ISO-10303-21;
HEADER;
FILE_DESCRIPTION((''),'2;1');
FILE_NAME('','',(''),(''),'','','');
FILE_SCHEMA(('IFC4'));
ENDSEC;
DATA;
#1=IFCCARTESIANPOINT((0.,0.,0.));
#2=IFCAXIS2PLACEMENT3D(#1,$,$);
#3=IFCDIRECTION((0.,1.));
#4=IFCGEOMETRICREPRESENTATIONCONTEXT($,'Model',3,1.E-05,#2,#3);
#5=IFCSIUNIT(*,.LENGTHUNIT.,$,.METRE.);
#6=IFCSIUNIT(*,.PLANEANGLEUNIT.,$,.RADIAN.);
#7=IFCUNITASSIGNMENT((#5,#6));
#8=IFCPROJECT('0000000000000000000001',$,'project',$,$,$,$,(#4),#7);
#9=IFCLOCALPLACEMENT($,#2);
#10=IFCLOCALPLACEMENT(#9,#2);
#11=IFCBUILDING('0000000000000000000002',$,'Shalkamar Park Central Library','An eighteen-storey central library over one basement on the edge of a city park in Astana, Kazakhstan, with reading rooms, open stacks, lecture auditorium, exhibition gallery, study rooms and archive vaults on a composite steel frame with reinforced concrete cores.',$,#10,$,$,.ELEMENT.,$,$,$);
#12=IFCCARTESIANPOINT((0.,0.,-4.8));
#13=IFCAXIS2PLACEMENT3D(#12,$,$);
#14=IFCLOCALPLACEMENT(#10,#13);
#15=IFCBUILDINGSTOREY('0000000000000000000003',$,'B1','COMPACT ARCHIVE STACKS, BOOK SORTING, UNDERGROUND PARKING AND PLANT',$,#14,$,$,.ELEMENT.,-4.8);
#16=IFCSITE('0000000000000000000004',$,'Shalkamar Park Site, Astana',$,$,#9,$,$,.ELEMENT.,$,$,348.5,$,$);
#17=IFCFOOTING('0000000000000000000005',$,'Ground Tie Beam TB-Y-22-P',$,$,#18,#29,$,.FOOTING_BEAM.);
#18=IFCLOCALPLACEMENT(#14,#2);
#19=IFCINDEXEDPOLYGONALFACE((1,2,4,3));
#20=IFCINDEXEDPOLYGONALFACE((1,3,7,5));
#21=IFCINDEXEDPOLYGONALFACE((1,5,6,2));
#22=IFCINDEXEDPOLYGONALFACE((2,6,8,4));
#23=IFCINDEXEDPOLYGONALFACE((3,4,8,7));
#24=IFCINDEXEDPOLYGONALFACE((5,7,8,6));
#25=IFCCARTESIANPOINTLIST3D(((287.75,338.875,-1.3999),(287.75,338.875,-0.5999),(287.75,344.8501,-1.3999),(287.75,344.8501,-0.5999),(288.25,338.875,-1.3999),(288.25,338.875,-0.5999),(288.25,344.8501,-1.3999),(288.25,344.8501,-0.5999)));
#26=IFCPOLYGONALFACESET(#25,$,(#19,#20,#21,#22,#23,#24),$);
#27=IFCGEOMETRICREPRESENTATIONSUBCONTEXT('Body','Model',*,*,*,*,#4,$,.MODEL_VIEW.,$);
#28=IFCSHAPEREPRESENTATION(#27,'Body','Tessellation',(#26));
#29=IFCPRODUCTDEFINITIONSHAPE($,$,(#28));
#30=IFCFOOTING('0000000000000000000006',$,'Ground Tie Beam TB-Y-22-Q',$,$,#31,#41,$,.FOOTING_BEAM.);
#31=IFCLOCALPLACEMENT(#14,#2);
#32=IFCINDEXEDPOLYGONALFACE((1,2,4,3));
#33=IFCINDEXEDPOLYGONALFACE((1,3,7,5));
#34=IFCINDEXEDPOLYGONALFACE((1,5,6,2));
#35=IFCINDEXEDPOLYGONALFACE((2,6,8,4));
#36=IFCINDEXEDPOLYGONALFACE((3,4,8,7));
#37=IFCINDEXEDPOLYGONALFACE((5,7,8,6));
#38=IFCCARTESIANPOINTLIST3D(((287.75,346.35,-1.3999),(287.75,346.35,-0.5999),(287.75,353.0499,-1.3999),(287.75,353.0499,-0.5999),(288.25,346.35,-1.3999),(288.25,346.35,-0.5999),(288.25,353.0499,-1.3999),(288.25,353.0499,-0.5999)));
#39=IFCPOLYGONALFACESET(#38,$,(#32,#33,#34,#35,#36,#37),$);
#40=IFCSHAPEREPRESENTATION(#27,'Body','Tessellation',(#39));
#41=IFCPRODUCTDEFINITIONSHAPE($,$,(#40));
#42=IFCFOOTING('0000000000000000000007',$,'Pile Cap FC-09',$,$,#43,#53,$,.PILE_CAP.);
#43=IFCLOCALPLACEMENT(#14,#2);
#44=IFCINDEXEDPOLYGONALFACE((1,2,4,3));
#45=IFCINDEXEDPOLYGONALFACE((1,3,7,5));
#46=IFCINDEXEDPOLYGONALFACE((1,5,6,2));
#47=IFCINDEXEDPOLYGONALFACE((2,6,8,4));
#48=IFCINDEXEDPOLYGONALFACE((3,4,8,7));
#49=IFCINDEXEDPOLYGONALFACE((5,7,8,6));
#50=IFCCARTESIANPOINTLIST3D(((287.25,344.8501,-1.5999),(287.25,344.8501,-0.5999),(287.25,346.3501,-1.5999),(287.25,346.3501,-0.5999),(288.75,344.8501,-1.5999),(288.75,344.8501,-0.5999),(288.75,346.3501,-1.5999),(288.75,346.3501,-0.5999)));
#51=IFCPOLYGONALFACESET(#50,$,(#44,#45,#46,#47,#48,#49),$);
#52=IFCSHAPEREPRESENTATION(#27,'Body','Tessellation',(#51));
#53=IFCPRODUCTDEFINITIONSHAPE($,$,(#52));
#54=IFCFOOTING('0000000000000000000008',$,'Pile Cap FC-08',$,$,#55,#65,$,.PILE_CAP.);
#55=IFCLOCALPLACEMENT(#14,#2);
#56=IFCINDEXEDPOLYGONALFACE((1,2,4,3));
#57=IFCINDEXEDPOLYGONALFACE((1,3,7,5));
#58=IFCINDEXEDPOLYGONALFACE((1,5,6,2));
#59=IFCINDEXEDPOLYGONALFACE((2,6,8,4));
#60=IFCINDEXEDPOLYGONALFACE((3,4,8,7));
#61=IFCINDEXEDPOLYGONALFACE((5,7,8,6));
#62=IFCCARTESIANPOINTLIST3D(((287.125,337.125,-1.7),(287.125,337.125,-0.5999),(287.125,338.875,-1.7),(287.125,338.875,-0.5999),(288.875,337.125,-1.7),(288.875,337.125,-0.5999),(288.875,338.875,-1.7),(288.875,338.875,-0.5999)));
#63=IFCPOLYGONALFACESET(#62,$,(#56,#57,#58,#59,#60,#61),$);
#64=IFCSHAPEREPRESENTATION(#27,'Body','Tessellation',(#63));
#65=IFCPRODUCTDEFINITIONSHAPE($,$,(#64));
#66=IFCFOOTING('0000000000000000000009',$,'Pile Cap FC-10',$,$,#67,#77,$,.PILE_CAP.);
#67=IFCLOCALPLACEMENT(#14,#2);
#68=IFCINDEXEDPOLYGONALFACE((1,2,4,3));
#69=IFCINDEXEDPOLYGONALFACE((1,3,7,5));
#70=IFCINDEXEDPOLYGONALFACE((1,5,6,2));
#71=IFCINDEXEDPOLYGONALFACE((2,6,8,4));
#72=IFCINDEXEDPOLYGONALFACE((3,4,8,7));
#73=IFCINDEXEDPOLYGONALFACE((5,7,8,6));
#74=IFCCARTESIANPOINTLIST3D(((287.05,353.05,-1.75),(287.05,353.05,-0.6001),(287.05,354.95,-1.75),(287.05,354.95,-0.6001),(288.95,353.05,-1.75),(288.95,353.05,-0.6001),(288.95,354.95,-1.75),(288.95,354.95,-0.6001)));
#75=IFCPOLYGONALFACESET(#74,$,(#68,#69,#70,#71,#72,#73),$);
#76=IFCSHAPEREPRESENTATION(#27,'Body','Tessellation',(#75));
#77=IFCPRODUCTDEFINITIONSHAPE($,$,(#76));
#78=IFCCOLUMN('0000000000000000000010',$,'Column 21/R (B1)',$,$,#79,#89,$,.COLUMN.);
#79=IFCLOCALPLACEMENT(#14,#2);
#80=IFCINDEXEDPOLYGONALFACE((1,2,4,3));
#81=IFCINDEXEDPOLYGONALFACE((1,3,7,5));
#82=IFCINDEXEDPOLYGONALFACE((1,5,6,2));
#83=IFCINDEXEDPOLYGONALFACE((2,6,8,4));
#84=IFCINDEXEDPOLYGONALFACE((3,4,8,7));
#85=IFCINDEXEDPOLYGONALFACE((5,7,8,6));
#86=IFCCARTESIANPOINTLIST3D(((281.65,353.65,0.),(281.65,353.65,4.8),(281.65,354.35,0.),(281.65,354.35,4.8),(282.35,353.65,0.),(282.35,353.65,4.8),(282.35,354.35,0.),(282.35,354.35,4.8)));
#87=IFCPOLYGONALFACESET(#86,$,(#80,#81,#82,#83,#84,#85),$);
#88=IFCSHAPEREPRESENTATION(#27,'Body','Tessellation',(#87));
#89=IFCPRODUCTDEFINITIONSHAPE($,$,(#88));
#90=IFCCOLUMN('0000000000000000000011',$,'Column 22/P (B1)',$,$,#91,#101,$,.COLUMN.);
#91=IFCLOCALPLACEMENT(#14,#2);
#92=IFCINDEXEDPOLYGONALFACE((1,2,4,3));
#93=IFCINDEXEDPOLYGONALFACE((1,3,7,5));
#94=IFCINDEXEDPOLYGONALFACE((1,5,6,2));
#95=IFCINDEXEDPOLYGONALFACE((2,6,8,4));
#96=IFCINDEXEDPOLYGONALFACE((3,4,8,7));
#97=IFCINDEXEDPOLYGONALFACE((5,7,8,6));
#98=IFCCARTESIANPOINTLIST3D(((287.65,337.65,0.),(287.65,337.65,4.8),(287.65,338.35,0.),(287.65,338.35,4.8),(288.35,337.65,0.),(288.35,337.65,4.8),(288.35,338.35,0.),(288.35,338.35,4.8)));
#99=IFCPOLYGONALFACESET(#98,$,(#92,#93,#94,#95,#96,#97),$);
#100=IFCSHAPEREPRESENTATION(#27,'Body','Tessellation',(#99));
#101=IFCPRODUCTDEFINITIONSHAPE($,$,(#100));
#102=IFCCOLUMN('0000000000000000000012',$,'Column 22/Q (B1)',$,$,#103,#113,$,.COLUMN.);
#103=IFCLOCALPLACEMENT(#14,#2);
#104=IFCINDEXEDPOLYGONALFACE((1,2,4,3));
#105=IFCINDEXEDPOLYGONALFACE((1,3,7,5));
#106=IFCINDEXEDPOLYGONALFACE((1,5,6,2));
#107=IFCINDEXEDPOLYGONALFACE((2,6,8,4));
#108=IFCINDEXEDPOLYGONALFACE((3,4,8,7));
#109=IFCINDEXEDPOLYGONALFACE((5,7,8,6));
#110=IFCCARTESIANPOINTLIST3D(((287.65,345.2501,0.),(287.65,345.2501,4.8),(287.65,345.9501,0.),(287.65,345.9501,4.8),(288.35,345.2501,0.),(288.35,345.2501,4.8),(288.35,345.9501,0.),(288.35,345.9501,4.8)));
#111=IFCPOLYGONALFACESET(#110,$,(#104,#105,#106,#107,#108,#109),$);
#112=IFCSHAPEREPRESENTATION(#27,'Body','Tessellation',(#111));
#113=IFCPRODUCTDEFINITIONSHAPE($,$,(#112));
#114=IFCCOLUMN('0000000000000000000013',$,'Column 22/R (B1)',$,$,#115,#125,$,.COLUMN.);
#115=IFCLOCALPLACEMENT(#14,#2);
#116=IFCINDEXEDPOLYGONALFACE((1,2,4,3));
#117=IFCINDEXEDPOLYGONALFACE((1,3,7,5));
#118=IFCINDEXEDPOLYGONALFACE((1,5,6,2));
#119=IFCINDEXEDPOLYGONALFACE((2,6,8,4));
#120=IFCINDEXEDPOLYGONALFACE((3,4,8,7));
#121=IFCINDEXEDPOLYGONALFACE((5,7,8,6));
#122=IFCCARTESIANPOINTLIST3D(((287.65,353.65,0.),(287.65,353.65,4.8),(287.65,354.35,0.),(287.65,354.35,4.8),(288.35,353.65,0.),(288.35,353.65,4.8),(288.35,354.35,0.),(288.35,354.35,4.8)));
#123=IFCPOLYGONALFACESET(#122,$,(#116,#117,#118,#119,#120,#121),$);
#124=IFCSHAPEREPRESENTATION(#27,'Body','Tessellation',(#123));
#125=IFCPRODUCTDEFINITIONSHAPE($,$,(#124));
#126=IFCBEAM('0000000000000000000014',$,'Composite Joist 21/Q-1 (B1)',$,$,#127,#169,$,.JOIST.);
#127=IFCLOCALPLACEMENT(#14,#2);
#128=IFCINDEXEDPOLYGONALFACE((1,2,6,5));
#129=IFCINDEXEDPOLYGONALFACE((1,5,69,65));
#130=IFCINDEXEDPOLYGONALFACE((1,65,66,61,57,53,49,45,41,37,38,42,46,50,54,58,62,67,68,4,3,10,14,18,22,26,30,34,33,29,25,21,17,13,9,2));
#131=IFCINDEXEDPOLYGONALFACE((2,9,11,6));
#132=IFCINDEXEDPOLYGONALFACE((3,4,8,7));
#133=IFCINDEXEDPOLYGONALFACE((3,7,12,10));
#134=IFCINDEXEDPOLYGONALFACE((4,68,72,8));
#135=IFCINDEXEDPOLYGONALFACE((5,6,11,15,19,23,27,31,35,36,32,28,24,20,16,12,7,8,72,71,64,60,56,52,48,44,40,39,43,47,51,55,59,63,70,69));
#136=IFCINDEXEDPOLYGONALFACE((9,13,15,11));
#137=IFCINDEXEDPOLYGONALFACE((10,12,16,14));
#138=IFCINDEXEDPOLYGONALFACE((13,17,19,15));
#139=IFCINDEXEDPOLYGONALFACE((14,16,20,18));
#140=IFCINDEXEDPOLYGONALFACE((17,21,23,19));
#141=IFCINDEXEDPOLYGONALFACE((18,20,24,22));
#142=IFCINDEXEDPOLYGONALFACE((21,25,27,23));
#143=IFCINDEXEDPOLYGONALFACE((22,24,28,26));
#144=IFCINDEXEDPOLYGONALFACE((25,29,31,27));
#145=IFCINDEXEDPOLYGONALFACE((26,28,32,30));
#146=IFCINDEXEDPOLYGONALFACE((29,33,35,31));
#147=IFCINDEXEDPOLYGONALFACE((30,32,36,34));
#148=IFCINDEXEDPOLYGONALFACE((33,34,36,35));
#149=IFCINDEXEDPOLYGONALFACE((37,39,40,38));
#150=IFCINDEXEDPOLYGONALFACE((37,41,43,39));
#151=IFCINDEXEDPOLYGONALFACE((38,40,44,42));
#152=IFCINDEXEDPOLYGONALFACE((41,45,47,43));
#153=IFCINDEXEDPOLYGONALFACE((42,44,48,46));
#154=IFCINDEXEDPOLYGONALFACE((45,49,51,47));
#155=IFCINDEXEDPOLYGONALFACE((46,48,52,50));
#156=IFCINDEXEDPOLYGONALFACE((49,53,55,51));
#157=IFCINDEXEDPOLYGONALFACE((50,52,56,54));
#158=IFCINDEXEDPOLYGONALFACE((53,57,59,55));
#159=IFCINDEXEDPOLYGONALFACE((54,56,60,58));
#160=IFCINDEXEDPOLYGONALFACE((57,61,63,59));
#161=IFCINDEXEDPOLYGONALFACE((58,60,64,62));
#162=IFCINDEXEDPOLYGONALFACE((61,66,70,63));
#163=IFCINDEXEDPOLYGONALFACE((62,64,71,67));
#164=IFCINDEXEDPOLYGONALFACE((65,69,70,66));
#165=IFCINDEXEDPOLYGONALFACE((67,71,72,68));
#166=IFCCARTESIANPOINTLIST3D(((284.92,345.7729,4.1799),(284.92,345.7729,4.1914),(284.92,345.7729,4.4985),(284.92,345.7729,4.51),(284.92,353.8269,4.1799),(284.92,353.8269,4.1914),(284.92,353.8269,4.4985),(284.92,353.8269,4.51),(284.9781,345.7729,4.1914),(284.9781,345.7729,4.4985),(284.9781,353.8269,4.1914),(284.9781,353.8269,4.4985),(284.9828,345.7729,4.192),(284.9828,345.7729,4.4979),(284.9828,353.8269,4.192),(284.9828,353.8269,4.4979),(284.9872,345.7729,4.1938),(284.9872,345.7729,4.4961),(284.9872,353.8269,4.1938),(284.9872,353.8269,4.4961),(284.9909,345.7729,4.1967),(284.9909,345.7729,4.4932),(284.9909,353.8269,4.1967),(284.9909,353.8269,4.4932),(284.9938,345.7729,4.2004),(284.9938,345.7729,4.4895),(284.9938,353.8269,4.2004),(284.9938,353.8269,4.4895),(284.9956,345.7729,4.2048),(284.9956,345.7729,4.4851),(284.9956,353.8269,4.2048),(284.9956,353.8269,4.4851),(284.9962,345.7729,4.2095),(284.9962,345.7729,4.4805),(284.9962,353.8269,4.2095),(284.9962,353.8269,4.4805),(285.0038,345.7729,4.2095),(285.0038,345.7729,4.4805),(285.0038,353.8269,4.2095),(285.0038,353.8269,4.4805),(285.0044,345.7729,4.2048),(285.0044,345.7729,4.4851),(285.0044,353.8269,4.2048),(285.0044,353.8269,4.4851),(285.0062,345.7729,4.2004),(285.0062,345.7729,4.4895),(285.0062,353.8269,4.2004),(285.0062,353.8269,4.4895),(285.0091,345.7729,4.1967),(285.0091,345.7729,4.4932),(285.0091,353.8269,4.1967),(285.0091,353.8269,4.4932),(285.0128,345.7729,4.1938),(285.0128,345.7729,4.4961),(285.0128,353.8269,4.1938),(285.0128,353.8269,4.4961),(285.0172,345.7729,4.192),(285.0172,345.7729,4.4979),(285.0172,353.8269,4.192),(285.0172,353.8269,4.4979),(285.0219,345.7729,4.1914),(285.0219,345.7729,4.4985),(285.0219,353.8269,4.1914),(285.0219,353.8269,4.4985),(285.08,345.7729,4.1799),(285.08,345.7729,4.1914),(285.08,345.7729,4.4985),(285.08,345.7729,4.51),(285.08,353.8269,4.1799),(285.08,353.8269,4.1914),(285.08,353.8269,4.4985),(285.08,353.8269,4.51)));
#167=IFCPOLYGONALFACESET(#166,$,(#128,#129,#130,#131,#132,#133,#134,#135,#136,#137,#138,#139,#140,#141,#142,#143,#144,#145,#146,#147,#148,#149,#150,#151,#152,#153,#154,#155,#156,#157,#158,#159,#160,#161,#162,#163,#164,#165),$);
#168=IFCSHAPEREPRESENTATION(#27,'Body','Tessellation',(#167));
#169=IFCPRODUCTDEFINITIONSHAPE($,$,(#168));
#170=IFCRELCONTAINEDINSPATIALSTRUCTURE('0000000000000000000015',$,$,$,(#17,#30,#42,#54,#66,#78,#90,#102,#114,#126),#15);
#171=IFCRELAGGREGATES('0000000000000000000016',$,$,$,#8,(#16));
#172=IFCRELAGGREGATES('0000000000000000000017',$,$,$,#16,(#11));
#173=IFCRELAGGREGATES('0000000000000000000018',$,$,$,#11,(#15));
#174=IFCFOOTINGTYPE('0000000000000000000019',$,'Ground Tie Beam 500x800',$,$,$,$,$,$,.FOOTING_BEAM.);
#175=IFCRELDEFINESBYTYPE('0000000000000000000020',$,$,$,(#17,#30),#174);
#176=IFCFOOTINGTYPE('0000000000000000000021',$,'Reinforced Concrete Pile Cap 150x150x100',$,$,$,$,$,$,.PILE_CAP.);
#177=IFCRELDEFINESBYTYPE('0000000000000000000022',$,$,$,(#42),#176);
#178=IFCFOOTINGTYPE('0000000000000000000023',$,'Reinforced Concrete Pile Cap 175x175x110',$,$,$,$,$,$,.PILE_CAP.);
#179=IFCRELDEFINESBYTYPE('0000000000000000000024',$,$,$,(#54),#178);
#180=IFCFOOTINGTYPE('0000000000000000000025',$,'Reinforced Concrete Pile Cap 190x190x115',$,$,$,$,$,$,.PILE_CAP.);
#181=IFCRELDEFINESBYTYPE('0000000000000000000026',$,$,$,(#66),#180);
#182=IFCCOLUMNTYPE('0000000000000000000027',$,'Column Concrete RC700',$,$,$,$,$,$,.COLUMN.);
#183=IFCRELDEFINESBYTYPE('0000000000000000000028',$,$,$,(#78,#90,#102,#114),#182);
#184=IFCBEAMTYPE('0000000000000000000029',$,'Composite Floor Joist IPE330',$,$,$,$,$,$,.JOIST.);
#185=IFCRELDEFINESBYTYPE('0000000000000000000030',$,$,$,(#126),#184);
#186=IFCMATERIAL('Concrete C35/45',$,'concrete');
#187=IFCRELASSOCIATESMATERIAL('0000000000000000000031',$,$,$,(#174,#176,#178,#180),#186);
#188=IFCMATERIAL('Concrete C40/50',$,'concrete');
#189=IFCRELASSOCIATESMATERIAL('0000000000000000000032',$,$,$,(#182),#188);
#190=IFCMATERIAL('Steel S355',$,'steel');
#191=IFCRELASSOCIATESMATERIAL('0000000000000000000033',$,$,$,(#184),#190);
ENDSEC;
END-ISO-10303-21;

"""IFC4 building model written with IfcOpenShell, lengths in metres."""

from ifc_helpers import new_model, si_unit, direction, frame, origin, origin_2d, place, context, subcontext, project, spatial, rectangle, i_section, extrude, material, material_profile, profile_set, type_object, element, save


model = new_model("IFC4")

# Units and contexts
model_context = context("Model", 3, precision=1e-05, world=origin(), true_north=direction((0.0, 1.0)))
body_context = subcontext(model_context, "Body", "Model", "MODEL_VIEW")
ifc_project = project(units=[si_unit("LENGTHUNIT", "METRE"), si_unit("PLANEANGLEUNIT", "RADIAN")], contexts=[model_context])

# Site, building, storey
site_placement = place(None, origin())
site = spatial("IfcSite", under=ifc_project, at=site_placement, Name="Shalkamar Park Site, Astana", CompositionType="ELEMENT", RefElevation=348.5)
building_placement = place(site_placement, origin())
building = spatial("IfcBuilding", under=site, at=building_placement, Name="Shalkamar Park Central Library", Description="An eighteen-storey central library over one basement on the edge of a city park in Astana, Kazakhstan, with reading rooms, open stacks, lecture auditorium, exhibition gallery, study rooms and archive vaults on a composite steel frame with reinforced concrete cores.", CompositionType="ELEMENT")
storey_placement = place(building_placement, frame((0.0, 0.0, -4.8)))
storey = spatial("IfcBuildingStorey", under=building, at=storey_placement, Name="B1", Description="COMPACT ARCHIVE STACKS, BOOK SORTING, UNDERGROUND PARKING AND PLANT", CompositionType="ELEMENT", Elevation=-4.8)

# Shared definitions
ifc_material_1 = material(Name="Concrete C35/45", Category="concrete")

# Footings
footing_type_1 = type_object("IfcFootingType", Name="Ground Tie Beam 500x800", PredefinedType="FOOTING_BEAM", material=ifc_material_1)
footing_1_placement = place(storey_placement, frame((288.0, 341.8625, -1.3999), z_axis=(0.0, 0.0, 1.0), x_axis=(0.0, 1.0, 0.0)))
element("IfcFooting", 1, at=footing_1_placement, inside=storey, type_object=footing_type_1, Name="Ground Tie Beam TB-Y-22-P", PredefinedType="FOOTING_BEAM", context=body_context, shape_type="SweptSolid", body=[
    extrude(rectangle(XDim=5.9751, YDim=0.5, at=origin_2d()), origin(), (0.0, 0.0, 1.0), 0.8),
])
footing_2_placement = place(storey_placement, frame((288.0, 349.7, -1.3999), z_axis=(0.0, 0.0, 1.0), x_axis=(0.0, 1.0, 0.0)))
element("IfcFooting", 2, at=footing_2_placement, inside=storey, type_object=footing_type_1, Name="Ground Tie Beam TB-Y-22-Q", PredefinedType="FOOTING_BEAM", context=body_context, shape_type="SweptSolid", body=[
    extrude(rectangle(XDim=6.7, YDim=0.5, at=origin_2d()), origin(), (0.0, 0.0, 1.0), 0.8),
])
footing_type_2 = type_object("IfcFootingType", Name="Reinforced Concrete Pile Cap 150x150x100", PredefinedType="PILE_CAP", material=ifc_material_1)
footing_3_placement = place(storey_placement, frame((288.0, 345.6001, -1.5999), z_axis=(0.0, 0.0, 1.0), x_axis=(1.0, 0.0, 0.0)))
element("IfcFooting", 3, at=footing_3_placement, inside=storey, type_object=footing_type_2, Name="Pile Cap FC-09", PredefinedType="PILE_CAP", context=body_context, shape_type="SweptSolid", body=[
    extrude(rectangle(XDim=1.5, YDim=1.5, at=origin_2d()), origin(), (0.0, 0.0, 1.0), 1.0),
])
footing_type_3 = type_object("IfcFootingType", Name="Reinforced Concrete Pile Cap 175x175x110", PredefinedType="PILE_CAP", material=ifc_material_1)
footing_4_placement = place(storey_placement, frame((288.0, 338.0, -1.7), z_axis=(0.0, 0.0, 1.0), x_axis=(1.0, 0.0, 0.0)))
element("IfcFooting", 4, at=footing_4_placement, inside=storey, type_object=footing_type_3, Name="Pile Cap FC-08", PredefinedType="PILE_CAP", context=body_context, shape_type="SweptSolid", body=[
    extrude(rectangle(XDim=1.75, YDim=1.75, at=origin_2d()), origin(), (0.0, 0.0, 1.0), 1.1001),
])
footing_type_4 = type_object("IfcFootingType", Name="Reinforced Concrete Pile Cap 190x190x115", PredefinedType="PILE_CAP", material=ifc_material_1)
footing_5_placement = place(storey_placement, frame((288.0, 354.0, -1.75), z_axis=(0.0, 0.0, 1.0), x_axis=(1.0, 0.0, 0.0)))
element("IfcFooting", 5, at=footing_5_placement, inside=storey, type_object=footing_type_4, Name="Pile Cap FC-10", PredefinedType="PILE_CAP", context=body_context, shape_type="SweptSolid", body=[
    extrude(rectangle(XDim=1.8999, YDim=1.8999, at=origin_2d()), origin(), (0.0, 0.0, 1.0), 1.1499),
])

# Columns
ifc_material_2 = material(Name="Concrete C40/50", Category="concrete")
ifc_material_profile_1 = material_profile(ifc_material_2, rectangle(XDim=0.7, YDim=0.7, at=origin_2d()), Name="RC 700x700")
ifc_profile_set_1 = profile_set([ifc_material_profile_1], Name="Concrete C40/50")
column_type = type_object("IfcColumnType", Name="Column Concrete RC700", PredefinedType="COLUMN", material=ifc_profile_set_1)
for number, where, z_axis, x_axis, name in (
    (6, (282.0, 354.0, 0.0), (0.0, 0.0, 1.0), (1.0, 0.0, 0.0), "Column 21/R (B1)"),
    (7, (288.0, 338.0, 0.0), (0.0, 0.0, 1.0), (1.0, 0.0, 0.0), "Column 22/P (B1)"),
    (8, (288.0, 345.6001, 0.0), (0.0, 0.0, 1.0), (1.0, 0.0, 0.0), "Column 22/Q (B1)"),
    (9, (288.0, 354.0, 0.0), (0.0, 0.0, 1.0), (1.0, 0.0, 0.0), "Column 22/R (B1)"),
):
    element("IfcColumn", number, at=place(storey_placement, frame(where, z_axis=z_axis, x_axis=x_axis)), inside=storey, type_object=column_type, Name=name, PredefinedType="COLUMN", context=body_context, shape_type="SweptSolid", body=[
        extrude(rectangle(XDim=0.7, YDim=0.7, at=origin_2d()), origin(), (0.0, 0.0, 1.0), 4.8),
    ])

# Beam
ifc_material_3 = material(Name="Steel S355", Category="steel")
ifc_material_profile_2 = material_profile(ifc_material_3, i_section(OverallWidth=0.1599, OverallDepth=0.3301, WebThickness=0.0076, FlangeThickness=0.0115, FilletRadius=0.0181, at=origin_2d()), Name="IPE 330")
ifc_profile_set_2 = profile_set([ifc_material_profile_2], Name="Steel S355")
beam_type_1 = type_object("IfcBeamType", Name="Composite Floor Joist IPE330", PredefinedType="JOIST", material=ifc_profile_set_2)
beam_1_placement = place(storey_placement, frame((285.0, 345.7729, 4.345), z_axis=(0.0, 1.0, 0.0), x_axis=(-1.0, 0.0, 0.0)))
element("IfcBeam", 10, at=beam_1_placement, inside=storey, type_object=beam_type_1, Name="Composite Joist 21/Q-1 (B1)", PredefinedType="JOIST", context=body_context, shape_type="SweptSolid", body=[
    extrude(i_section(OverallWidth=0.1599, OverallDepth=0.3301, WebThickness=0.0076, FlangeThickness=0.0115, FilletRadius=0.0181, at=origin_2d()), origin(), (0.0, 0.0, 1.0), 8.054),
])

save(model, "model.ifc")
